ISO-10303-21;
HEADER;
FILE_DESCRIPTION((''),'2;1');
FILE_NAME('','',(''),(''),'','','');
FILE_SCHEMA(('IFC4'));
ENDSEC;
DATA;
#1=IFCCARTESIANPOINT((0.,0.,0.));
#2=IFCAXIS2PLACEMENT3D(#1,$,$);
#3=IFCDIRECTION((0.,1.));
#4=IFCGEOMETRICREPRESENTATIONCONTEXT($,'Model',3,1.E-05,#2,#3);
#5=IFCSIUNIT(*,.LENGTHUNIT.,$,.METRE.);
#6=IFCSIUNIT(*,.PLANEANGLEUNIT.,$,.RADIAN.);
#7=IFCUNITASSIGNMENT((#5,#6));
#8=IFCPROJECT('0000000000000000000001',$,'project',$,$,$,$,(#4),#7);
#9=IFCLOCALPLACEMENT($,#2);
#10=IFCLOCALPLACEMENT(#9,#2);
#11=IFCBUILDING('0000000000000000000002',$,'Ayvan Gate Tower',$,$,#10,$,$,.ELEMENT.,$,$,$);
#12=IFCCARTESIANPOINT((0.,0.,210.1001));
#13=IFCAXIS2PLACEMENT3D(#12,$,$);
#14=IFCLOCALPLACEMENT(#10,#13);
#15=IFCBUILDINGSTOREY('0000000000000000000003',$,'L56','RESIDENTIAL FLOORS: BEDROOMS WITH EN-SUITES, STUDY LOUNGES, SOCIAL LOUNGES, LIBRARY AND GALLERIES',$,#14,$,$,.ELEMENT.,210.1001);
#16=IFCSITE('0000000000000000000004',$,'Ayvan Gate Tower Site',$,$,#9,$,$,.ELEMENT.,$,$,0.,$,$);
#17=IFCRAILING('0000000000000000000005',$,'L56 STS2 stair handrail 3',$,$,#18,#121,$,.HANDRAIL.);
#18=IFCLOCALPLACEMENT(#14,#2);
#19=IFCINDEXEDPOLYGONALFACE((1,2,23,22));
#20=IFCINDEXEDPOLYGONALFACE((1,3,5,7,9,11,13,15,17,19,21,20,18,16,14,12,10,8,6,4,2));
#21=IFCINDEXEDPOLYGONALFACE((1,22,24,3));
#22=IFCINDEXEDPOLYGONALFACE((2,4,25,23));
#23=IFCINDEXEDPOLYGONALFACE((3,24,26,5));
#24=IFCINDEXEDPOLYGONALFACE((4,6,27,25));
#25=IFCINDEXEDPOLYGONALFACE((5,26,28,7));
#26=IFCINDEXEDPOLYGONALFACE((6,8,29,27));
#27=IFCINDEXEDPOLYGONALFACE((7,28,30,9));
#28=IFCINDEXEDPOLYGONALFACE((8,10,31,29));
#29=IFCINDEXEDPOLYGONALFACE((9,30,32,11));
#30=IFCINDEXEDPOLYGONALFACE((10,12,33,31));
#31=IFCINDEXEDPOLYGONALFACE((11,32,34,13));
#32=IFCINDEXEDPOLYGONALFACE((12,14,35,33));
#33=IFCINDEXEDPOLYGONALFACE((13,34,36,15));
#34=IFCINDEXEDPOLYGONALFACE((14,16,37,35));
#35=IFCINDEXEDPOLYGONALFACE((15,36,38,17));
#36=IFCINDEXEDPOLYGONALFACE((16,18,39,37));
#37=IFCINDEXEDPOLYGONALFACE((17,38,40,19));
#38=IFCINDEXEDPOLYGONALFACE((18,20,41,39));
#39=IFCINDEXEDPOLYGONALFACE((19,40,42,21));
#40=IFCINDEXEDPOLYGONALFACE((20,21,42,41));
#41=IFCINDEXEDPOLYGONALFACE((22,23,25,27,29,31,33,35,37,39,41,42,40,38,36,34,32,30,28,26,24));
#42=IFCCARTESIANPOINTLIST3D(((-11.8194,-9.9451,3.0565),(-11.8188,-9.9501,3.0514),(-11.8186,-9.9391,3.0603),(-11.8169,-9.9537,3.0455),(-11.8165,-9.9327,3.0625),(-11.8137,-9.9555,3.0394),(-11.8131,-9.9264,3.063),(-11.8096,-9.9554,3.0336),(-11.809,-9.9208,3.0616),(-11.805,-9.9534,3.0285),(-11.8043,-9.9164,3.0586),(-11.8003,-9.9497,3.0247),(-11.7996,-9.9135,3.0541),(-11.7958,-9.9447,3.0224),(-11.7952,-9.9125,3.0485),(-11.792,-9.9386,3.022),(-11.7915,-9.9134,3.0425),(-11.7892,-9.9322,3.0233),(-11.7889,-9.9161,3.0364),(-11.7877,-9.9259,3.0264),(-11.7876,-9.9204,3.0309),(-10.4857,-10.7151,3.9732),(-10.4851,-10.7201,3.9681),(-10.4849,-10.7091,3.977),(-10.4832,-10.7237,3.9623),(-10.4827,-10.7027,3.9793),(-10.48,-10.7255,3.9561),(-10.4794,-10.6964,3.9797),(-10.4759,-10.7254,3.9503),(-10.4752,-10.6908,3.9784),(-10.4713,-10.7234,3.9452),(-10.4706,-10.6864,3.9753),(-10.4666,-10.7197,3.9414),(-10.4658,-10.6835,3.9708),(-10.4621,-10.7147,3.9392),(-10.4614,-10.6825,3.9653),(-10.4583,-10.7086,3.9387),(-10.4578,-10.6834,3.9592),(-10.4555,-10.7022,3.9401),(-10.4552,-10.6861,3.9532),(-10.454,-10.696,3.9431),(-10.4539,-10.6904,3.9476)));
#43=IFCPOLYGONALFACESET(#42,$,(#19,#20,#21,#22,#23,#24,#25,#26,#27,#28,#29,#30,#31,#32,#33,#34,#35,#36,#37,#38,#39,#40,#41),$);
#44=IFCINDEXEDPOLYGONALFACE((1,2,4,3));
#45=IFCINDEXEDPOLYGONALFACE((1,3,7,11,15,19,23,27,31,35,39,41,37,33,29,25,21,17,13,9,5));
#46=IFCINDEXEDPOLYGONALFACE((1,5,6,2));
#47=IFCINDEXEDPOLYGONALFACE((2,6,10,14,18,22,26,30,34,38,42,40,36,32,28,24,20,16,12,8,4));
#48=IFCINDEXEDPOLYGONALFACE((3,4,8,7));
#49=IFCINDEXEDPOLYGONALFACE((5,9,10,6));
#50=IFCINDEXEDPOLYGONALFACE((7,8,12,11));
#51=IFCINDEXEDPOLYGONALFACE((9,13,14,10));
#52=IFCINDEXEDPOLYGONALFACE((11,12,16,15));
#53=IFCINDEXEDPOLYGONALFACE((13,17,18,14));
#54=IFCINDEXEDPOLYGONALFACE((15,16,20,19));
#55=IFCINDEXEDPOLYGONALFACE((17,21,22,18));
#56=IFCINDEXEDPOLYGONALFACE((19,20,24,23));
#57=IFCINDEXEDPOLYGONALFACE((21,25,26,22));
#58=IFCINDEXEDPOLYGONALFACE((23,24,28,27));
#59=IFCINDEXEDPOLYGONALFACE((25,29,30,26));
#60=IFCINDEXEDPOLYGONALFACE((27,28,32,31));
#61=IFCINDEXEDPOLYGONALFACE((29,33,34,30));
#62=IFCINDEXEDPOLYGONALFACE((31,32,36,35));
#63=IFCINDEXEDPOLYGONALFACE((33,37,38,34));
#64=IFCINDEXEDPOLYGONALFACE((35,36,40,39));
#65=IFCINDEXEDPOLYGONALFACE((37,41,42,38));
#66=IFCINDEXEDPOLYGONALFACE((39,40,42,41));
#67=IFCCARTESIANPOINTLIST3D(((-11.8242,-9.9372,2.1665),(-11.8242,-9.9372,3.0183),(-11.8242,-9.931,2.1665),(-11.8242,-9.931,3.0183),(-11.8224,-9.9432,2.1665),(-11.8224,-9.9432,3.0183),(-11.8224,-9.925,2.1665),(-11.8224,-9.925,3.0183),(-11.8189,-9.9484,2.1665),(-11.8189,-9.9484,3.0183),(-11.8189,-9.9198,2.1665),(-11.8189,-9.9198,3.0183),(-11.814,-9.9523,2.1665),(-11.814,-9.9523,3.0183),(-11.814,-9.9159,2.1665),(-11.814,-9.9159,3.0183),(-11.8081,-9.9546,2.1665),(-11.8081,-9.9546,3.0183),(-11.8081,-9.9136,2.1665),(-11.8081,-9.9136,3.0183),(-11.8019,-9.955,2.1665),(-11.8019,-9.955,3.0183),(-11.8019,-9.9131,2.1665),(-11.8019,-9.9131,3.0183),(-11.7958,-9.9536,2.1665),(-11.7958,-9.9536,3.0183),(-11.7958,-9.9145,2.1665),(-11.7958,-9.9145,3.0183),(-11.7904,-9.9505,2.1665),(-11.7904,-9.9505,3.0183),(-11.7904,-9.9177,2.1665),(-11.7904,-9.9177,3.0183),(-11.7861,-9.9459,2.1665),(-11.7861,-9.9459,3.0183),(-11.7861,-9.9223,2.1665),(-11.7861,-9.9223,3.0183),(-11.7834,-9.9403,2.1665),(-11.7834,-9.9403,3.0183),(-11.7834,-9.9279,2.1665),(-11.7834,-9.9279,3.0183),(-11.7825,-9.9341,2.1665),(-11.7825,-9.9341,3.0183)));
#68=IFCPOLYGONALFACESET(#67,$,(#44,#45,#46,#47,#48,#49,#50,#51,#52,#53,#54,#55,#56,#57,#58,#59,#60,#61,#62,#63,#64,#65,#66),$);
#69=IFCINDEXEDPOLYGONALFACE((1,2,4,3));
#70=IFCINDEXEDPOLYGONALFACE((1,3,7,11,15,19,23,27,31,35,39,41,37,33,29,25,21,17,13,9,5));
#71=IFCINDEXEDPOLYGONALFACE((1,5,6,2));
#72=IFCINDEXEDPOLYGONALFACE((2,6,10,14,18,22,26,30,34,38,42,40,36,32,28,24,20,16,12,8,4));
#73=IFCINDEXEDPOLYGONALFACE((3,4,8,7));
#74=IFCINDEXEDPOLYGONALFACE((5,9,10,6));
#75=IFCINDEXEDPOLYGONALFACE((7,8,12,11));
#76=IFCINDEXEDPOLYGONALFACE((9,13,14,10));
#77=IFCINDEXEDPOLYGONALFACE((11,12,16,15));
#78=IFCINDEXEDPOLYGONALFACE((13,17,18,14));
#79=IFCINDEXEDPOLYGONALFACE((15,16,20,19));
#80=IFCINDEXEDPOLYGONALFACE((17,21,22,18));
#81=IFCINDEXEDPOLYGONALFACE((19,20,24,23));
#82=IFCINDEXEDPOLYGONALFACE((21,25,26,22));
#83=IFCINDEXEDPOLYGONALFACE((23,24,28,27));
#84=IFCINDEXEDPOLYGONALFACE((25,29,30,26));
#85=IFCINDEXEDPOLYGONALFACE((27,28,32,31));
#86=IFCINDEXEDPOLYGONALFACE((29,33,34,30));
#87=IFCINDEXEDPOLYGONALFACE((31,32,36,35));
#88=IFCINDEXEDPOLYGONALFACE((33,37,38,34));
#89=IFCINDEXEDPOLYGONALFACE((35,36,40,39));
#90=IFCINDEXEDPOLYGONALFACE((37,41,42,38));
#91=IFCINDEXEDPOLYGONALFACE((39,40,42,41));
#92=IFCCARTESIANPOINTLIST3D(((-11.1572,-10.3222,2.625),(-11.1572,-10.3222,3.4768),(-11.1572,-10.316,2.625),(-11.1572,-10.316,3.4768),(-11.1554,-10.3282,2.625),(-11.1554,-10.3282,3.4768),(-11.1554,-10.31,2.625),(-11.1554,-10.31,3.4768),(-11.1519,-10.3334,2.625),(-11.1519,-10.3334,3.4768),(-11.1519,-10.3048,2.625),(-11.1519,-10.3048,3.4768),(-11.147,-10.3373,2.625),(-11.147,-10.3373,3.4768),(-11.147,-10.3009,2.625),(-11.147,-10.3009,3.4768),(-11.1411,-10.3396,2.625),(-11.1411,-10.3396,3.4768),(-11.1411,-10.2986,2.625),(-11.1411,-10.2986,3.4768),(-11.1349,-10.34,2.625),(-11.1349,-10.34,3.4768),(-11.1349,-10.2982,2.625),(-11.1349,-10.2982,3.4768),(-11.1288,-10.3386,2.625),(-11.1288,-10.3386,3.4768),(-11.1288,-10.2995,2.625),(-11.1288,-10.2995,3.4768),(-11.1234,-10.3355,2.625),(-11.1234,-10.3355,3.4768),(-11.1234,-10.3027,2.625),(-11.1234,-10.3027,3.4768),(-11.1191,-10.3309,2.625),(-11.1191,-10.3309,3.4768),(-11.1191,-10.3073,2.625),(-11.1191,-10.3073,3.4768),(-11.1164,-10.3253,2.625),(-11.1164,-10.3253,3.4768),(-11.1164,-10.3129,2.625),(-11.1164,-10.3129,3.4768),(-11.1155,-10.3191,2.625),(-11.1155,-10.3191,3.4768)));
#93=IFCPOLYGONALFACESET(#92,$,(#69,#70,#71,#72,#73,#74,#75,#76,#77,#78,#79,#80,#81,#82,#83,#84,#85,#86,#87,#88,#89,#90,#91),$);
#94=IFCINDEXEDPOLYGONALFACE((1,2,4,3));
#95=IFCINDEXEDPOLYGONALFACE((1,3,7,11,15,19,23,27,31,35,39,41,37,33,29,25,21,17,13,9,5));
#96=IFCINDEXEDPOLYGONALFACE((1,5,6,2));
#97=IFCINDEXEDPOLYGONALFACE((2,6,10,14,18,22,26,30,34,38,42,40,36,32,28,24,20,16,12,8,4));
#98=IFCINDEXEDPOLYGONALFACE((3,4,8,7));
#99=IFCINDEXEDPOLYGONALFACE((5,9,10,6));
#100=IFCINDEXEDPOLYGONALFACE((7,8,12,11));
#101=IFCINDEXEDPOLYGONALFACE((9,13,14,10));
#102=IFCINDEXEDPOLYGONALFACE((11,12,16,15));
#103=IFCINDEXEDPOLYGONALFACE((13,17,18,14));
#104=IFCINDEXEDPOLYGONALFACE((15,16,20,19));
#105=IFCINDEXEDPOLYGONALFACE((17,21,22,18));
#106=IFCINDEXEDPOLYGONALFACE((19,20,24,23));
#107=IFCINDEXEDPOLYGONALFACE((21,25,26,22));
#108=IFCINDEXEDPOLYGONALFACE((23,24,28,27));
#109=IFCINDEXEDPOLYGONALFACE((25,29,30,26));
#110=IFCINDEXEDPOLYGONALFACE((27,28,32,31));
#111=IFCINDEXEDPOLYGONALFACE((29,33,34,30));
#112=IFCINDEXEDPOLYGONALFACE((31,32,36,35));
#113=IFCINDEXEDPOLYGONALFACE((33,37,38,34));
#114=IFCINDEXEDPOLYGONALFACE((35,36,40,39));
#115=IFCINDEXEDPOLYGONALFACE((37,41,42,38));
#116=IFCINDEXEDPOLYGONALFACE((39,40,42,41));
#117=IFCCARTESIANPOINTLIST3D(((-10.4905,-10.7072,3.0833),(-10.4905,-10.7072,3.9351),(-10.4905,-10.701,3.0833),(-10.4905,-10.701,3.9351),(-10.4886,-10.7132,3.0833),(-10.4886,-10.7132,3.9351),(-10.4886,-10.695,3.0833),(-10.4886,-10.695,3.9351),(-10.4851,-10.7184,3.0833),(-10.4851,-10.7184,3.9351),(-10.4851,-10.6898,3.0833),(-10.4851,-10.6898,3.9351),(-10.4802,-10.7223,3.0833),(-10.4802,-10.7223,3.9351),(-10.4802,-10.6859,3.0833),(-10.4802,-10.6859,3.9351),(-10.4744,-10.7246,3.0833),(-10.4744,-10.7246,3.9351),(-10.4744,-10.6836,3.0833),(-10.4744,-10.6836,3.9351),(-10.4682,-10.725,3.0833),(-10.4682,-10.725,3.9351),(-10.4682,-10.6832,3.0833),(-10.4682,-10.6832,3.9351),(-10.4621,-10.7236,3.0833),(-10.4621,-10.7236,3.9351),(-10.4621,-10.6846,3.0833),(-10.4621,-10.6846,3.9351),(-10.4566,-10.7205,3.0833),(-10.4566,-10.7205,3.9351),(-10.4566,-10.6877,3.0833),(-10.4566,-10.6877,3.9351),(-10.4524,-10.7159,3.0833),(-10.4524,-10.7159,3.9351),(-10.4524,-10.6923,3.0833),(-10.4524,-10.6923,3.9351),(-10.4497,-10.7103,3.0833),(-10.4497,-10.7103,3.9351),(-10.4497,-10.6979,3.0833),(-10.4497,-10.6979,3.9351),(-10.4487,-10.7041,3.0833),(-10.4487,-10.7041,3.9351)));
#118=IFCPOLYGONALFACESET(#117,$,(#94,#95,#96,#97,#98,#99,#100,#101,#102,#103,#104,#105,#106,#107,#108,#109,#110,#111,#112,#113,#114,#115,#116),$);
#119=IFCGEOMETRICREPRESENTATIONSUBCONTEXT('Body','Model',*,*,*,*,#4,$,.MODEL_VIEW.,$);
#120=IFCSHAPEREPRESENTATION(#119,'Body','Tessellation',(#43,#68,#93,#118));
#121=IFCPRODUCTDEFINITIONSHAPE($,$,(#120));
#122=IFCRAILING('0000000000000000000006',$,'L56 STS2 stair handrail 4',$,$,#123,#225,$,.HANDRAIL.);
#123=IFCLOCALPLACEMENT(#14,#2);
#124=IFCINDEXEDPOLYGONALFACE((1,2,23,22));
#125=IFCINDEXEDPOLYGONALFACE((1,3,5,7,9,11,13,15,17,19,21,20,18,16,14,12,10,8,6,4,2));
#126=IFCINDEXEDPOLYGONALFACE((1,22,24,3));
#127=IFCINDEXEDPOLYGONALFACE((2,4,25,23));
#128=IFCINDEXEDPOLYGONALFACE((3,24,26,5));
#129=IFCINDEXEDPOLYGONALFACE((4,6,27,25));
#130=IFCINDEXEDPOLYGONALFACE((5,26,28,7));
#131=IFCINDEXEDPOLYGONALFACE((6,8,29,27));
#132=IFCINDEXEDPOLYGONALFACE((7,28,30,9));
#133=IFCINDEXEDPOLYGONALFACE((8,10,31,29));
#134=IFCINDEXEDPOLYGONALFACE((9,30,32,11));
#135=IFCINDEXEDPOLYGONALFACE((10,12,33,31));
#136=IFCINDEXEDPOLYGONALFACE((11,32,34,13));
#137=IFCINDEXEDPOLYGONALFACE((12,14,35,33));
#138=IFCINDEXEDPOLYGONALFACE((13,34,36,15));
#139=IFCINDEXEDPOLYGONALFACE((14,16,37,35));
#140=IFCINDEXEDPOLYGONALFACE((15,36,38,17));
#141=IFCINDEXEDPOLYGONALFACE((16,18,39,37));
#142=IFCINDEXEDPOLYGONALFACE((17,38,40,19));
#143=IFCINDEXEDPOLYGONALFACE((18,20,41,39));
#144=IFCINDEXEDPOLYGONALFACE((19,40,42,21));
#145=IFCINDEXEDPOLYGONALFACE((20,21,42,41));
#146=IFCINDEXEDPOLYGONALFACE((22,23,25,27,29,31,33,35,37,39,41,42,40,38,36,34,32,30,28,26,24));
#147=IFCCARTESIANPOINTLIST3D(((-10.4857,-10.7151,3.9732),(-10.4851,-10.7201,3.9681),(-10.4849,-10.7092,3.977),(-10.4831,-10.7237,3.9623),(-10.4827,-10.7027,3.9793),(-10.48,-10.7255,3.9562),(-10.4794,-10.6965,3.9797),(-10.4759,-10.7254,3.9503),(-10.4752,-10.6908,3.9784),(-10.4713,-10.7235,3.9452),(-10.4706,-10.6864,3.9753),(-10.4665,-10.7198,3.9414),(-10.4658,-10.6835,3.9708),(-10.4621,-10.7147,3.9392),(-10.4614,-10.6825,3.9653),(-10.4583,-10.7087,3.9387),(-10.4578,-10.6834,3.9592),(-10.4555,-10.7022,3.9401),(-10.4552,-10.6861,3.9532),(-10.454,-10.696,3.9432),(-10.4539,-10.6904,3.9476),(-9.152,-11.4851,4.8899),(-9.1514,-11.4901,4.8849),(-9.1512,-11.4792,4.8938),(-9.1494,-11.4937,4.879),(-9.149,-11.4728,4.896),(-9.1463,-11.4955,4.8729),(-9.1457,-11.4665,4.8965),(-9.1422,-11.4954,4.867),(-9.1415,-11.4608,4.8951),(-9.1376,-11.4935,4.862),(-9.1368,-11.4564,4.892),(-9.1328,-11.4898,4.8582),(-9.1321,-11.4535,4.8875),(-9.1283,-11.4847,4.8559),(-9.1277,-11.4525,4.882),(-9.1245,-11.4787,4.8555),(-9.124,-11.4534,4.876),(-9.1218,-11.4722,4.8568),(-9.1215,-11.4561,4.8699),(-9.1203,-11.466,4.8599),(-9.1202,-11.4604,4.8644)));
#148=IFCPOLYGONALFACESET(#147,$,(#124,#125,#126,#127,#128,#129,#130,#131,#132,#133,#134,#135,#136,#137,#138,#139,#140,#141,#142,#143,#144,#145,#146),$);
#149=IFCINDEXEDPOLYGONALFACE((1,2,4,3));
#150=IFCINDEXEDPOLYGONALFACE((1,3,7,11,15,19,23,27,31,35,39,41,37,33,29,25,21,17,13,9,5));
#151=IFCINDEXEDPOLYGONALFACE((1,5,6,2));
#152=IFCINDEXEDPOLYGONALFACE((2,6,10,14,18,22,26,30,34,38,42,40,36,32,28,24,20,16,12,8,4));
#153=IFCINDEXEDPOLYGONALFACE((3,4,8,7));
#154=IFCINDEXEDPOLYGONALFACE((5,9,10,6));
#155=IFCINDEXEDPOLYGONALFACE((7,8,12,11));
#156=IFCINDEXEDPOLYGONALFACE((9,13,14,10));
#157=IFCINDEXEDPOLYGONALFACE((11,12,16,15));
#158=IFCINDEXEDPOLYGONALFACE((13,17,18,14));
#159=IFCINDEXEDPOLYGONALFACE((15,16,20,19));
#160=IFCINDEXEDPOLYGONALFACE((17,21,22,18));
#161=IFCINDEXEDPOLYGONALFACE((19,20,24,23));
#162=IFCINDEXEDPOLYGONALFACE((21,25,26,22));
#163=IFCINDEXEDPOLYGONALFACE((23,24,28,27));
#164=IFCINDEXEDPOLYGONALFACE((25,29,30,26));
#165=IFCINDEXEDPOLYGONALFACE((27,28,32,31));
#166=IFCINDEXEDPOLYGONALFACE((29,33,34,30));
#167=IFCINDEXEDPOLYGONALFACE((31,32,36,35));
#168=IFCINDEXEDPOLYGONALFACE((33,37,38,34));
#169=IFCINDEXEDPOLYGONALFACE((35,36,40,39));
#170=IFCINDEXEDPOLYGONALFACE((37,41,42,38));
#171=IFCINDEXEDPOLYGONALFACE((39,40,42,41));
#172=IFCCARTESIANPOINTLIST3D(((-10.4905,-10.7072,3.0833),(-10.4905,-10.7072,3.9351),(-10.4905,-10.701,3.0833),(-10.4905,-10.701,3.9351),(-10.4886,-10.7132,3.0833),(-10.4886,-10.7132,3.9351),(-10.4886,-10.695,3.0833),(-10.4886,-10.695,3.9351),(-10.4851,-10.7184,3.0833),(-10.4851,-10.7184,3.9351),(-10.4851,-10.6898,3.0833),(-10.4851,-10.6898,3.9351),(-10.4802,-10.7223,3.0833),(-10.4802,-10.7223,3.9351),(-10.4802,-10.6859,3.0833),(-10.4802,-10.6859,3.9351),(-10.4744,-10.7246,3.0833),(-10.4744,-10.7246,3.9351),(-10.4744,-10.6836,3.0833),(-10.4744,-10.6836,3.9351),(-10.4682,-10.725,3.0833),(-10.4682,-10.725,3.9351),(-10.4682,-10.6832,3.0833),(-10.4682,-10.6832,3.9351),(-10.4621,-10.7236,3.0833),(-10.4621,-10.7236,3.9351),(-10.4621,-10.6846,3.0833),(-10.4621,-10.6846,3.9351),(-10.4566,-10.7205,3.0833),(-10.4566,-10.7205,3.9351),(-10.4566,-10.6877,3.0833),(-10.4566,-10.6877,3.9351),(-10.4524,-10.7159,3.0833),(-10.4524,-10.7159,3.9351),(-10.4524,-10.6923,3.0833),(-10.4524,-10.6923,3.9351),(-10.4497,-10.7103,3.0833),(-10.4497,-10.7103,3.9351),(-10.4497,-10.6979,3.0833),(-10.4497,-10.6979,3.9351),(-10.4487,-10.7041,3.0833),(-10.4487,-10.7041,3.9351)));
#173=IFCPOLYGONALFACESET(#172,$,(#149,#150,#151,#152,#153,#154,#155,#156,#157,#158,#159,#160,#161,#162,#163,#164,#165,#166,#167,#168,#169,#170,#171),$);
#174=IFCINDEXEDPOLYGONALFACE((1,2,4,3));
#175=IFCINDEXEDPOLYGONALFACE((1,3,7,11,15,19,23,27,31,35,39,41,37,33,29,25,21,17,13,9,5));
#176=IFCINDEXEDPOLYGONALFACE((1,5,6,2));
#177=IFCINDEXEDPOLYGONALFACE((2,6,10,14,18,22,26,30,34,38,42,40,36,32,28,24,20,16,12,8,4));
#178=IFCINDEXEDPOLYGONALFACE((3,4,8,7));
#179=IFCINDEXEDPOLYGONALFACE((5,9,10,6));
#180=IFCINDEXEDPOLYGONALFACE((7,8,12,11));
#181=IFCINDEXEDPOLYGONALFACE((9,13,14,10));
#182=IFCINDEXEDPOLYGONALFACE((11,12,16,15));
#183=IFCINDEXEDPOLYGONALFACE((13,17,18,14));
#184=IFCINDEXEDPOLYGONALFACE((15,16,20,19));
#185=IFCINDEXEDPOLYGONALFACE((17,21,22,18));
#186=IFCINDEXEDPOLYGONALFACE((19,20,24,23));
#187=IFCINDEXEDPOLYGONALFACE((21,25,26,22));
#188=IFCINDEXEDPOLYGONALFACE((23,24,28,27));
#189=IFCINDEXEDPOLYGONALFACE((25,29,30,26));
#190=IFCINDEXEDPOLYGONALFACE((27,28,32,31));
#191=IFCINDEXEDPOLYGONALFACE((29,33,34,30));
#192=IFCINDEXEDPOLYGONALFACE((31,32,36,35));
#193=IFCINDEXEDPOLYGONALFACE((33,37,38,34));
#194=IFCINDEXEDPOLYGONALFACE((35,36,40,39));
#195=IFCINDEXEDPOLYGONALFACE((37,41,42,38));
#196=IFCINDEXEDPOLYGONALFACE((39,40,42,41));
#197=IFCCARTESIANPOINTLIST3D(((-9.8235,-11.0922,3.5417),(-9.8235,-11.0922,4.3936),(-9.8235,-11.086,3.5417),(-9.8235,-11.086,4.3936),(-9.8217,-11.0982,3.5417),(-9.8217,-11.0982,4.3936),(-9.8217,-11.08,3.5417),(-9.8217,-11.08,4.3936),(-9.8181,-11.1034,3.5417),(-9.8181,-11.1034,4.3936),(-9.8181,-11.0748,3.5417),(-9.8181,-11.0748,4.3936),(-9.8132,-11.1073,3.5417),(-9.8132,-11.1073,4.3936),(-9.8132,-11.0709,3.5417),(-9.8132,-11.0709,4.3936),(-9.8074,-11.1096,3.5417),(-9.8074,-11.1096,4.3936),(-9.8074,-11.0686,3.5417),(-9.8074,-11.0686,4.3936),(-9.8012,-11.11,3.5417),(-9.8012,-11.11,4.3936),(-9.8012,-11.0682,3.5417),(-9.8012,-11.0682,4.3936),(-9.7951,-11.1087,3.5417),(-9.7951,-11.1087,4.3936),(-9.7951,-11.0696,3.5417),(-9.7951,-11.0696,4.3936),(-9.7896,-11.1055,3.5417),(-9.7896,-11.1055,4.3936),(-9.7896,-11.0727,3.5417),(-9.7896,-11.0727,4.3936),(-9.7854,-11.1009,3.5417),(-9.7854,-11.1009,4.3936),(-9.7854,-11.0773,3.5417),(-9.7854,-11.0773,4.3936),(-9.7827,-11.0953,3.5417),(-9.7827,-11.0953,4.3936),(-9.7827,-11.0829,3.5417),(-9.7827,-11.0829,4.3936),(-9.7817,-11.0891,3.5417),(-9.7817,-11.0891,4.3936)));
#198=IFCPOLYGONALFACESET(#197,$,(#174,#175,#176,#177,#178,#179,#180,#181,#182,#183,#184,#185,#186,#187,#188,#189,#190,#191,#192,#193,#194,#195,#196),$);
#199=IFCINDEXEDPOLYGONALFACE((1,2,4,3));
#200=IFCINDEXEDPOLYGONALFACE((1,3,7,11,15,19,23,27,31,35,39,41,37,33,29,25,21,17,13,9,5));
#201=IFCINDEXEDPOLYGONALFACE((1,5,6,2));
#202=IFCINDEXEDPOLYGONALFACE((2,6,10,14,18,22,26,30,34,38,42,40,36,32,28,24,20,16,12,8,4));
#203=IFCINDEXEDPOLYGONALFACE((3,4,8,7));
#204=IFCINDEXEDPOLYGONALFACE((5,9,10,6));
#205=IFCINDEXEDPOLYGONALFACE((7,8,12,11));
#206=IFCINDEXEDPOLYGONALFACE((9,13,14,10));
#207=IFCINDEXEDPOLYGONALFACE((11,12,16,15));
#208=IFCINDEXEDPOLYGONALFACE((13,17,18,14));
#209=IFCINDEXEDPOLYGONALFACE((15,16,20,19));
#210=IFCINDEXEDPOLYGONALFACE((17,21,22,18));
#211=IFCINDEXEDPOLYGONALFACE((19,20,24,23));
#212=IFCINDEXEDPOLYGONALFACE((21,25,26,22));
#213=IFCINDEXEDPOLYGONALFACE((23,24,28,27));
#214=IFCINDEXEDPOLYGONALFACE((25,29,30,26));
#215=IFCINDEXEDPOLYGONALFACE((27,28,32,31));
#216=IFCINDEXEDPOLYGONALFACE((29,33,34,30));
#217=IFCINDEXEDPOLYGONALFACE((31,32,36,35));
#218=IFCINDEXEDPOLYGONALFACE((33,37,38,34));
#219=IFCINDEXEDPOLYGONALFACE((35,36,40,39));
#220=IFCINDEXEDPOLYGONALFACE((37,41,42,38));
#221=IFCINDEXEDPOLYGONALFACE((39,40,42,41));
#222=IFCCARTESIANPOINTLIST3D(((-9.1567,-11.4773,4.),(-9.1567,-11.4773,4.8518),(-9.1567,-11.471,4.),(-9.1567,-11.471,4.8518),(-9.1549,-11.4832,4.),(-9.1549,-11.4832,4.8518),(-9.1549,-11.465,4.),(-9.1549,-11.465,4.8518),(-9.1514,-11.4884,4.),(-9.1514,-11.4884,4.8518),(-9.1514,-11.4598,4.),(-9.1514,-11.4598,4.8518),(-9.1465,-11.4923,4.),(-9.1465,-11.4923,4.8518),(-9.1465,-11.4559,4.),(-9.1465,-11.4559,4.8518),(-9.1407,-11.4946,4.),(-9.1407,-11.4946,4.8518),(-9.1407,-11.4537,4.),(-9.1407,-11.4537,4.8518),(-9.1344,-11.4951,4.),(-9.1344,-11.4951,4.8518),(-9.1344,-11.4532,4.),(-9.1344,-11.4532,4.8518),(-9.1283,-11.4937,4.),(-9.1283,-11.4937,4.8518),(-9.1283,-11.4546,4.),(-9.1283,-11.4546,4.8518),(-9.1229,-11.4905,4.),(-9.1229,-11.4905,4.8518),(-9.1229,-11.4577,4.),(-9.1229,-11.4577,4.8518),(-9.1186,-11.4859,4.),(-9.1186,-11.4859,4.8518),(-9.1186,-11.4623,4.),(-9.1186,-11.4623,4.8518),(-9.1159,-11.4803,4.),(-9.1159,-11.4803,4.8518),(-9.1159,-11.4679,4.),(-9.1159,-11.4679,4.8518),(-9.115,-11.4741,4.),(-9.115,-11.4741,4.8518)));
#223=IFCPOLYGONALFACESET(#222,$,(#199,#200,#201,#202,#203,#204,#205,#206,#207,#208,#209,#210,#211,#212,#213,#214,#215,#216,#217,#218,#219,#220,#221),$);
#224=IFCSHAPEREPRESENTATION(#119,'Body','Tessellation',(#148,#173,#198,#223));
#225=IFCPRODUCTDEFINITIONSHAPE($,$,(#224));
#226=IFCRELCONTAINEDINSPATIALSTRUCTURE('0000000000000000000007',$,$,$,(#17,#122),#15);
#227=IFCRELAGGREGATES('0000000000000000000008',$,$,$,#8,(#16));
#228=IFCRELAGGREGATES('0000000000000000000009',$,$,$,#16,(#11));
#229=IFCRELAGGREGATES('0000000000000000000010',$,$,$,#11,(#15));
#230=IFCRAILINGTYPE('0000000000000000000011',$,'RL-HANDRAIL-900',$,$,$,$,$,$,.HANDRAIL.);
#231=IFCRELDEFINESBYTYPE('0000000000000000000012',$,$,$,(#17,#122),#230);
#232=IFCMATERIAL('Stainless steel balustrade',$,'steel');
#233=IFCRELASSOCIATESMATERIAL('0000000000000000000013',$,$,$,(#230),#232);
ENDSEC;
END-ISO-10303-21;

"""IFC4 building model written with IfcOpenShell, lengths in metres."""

from ifc_helpers import new_model, si_unit, direction, frame, origin, origin_2d, place, context, subcontext, project, spatial, circle, extrude, material, type_object, element, save


model = new_model("IFC4")

# Units and contexts
model_context = context("Model", 3, precision=1e-05, world=origin(), true_north=direction((0.0, 1.0)))
body_context = subcontext(model_context, "Body", "Model", "MODEL_VIEW")
ifc_project = project(units=[si_unit("LENGTHUNIT", "METRE"), si_unit("PLANEANGLEUNIT", "RADIAN")], contexts=[model_context])

# Site, building, storey
site_placement = place(None, origin())
site = spatial("IfcSite", under=ifc_project, at=site_placement, Name="Ayvan Gate Tower Site", CompositionType="ELEMENT", RefElevation=0.0)
building_placement = place(site_placement, origin())
building = spatial("IfcBuilding", under=site, at=building_placement, Name="Ayvan Gate Tower", CompositionType="ELEMENT")
storey_placement = place(building_placement, frame((0.0, 0.0, 210.1001)))
storey = spatial("IfcBuildingStorey", under=building, at=storey_placement, Name="L56", Description="RESIDENTIAL FLOORS: BEDROOMS WITH EN-SUITES, STUDY LOUNGES, SOCIAL LOUNGES, LIBRARY AND GALLERIES", CompositionType="ELEMENT", Elevation=210.1001)

# Railings
ifc_material_1 = material(Name="Stainless steel balustrade", Category="steel")
railing_type_1 = type_object("IfcRailingType", Name="RL-HANDRAIL-900", PredefinedType="HANDRAIL", material=ifc_material_1)
for number, where, name in (
    (1, (-11.8035, -9.9341, 2.1665), "L56 STS2 stair handrail 3"),
    (2, (-10.4697, -10.7041, 3.0833), "L56 STS2 stair handrail 4"),
):
    element("IfcRailing", number, at=place(storey_placement, frame(where)), inside=storey, type_object=railing_type_1, Name=name, PredefinedType="HANDRAIL", context=body_context, shape_type="SweptSolid", body=[
        extrude(circle(Radius=0.0239, at=origin_2d()), frame((0.0, 0.0, 0.876), z_axis=(0.744164, -0.429634, 0.511502), x_axis=(0.499992, 0.86603, 0.0)), (0.0, 0.0, 1.0), 1.7922),
        extrude(circle(Radius=0.021, at=origin_2d()), origin(), (0.0, 0.0, 1.0), 0.8518),
        extrude(circle(Radius=0.021, at=origin_2d()), frame((0.667, -0.385, 0.4585)), (0.0, 0.0, 1.0), 0.8518),
        extrude(circle(Radius=0.021, at=origin_2d()), frame((1.3337, -0.77, 0.9167)), (0.0, 0.0, 1.0), 0.8518),
    ])

save(model, "model.ifc")
